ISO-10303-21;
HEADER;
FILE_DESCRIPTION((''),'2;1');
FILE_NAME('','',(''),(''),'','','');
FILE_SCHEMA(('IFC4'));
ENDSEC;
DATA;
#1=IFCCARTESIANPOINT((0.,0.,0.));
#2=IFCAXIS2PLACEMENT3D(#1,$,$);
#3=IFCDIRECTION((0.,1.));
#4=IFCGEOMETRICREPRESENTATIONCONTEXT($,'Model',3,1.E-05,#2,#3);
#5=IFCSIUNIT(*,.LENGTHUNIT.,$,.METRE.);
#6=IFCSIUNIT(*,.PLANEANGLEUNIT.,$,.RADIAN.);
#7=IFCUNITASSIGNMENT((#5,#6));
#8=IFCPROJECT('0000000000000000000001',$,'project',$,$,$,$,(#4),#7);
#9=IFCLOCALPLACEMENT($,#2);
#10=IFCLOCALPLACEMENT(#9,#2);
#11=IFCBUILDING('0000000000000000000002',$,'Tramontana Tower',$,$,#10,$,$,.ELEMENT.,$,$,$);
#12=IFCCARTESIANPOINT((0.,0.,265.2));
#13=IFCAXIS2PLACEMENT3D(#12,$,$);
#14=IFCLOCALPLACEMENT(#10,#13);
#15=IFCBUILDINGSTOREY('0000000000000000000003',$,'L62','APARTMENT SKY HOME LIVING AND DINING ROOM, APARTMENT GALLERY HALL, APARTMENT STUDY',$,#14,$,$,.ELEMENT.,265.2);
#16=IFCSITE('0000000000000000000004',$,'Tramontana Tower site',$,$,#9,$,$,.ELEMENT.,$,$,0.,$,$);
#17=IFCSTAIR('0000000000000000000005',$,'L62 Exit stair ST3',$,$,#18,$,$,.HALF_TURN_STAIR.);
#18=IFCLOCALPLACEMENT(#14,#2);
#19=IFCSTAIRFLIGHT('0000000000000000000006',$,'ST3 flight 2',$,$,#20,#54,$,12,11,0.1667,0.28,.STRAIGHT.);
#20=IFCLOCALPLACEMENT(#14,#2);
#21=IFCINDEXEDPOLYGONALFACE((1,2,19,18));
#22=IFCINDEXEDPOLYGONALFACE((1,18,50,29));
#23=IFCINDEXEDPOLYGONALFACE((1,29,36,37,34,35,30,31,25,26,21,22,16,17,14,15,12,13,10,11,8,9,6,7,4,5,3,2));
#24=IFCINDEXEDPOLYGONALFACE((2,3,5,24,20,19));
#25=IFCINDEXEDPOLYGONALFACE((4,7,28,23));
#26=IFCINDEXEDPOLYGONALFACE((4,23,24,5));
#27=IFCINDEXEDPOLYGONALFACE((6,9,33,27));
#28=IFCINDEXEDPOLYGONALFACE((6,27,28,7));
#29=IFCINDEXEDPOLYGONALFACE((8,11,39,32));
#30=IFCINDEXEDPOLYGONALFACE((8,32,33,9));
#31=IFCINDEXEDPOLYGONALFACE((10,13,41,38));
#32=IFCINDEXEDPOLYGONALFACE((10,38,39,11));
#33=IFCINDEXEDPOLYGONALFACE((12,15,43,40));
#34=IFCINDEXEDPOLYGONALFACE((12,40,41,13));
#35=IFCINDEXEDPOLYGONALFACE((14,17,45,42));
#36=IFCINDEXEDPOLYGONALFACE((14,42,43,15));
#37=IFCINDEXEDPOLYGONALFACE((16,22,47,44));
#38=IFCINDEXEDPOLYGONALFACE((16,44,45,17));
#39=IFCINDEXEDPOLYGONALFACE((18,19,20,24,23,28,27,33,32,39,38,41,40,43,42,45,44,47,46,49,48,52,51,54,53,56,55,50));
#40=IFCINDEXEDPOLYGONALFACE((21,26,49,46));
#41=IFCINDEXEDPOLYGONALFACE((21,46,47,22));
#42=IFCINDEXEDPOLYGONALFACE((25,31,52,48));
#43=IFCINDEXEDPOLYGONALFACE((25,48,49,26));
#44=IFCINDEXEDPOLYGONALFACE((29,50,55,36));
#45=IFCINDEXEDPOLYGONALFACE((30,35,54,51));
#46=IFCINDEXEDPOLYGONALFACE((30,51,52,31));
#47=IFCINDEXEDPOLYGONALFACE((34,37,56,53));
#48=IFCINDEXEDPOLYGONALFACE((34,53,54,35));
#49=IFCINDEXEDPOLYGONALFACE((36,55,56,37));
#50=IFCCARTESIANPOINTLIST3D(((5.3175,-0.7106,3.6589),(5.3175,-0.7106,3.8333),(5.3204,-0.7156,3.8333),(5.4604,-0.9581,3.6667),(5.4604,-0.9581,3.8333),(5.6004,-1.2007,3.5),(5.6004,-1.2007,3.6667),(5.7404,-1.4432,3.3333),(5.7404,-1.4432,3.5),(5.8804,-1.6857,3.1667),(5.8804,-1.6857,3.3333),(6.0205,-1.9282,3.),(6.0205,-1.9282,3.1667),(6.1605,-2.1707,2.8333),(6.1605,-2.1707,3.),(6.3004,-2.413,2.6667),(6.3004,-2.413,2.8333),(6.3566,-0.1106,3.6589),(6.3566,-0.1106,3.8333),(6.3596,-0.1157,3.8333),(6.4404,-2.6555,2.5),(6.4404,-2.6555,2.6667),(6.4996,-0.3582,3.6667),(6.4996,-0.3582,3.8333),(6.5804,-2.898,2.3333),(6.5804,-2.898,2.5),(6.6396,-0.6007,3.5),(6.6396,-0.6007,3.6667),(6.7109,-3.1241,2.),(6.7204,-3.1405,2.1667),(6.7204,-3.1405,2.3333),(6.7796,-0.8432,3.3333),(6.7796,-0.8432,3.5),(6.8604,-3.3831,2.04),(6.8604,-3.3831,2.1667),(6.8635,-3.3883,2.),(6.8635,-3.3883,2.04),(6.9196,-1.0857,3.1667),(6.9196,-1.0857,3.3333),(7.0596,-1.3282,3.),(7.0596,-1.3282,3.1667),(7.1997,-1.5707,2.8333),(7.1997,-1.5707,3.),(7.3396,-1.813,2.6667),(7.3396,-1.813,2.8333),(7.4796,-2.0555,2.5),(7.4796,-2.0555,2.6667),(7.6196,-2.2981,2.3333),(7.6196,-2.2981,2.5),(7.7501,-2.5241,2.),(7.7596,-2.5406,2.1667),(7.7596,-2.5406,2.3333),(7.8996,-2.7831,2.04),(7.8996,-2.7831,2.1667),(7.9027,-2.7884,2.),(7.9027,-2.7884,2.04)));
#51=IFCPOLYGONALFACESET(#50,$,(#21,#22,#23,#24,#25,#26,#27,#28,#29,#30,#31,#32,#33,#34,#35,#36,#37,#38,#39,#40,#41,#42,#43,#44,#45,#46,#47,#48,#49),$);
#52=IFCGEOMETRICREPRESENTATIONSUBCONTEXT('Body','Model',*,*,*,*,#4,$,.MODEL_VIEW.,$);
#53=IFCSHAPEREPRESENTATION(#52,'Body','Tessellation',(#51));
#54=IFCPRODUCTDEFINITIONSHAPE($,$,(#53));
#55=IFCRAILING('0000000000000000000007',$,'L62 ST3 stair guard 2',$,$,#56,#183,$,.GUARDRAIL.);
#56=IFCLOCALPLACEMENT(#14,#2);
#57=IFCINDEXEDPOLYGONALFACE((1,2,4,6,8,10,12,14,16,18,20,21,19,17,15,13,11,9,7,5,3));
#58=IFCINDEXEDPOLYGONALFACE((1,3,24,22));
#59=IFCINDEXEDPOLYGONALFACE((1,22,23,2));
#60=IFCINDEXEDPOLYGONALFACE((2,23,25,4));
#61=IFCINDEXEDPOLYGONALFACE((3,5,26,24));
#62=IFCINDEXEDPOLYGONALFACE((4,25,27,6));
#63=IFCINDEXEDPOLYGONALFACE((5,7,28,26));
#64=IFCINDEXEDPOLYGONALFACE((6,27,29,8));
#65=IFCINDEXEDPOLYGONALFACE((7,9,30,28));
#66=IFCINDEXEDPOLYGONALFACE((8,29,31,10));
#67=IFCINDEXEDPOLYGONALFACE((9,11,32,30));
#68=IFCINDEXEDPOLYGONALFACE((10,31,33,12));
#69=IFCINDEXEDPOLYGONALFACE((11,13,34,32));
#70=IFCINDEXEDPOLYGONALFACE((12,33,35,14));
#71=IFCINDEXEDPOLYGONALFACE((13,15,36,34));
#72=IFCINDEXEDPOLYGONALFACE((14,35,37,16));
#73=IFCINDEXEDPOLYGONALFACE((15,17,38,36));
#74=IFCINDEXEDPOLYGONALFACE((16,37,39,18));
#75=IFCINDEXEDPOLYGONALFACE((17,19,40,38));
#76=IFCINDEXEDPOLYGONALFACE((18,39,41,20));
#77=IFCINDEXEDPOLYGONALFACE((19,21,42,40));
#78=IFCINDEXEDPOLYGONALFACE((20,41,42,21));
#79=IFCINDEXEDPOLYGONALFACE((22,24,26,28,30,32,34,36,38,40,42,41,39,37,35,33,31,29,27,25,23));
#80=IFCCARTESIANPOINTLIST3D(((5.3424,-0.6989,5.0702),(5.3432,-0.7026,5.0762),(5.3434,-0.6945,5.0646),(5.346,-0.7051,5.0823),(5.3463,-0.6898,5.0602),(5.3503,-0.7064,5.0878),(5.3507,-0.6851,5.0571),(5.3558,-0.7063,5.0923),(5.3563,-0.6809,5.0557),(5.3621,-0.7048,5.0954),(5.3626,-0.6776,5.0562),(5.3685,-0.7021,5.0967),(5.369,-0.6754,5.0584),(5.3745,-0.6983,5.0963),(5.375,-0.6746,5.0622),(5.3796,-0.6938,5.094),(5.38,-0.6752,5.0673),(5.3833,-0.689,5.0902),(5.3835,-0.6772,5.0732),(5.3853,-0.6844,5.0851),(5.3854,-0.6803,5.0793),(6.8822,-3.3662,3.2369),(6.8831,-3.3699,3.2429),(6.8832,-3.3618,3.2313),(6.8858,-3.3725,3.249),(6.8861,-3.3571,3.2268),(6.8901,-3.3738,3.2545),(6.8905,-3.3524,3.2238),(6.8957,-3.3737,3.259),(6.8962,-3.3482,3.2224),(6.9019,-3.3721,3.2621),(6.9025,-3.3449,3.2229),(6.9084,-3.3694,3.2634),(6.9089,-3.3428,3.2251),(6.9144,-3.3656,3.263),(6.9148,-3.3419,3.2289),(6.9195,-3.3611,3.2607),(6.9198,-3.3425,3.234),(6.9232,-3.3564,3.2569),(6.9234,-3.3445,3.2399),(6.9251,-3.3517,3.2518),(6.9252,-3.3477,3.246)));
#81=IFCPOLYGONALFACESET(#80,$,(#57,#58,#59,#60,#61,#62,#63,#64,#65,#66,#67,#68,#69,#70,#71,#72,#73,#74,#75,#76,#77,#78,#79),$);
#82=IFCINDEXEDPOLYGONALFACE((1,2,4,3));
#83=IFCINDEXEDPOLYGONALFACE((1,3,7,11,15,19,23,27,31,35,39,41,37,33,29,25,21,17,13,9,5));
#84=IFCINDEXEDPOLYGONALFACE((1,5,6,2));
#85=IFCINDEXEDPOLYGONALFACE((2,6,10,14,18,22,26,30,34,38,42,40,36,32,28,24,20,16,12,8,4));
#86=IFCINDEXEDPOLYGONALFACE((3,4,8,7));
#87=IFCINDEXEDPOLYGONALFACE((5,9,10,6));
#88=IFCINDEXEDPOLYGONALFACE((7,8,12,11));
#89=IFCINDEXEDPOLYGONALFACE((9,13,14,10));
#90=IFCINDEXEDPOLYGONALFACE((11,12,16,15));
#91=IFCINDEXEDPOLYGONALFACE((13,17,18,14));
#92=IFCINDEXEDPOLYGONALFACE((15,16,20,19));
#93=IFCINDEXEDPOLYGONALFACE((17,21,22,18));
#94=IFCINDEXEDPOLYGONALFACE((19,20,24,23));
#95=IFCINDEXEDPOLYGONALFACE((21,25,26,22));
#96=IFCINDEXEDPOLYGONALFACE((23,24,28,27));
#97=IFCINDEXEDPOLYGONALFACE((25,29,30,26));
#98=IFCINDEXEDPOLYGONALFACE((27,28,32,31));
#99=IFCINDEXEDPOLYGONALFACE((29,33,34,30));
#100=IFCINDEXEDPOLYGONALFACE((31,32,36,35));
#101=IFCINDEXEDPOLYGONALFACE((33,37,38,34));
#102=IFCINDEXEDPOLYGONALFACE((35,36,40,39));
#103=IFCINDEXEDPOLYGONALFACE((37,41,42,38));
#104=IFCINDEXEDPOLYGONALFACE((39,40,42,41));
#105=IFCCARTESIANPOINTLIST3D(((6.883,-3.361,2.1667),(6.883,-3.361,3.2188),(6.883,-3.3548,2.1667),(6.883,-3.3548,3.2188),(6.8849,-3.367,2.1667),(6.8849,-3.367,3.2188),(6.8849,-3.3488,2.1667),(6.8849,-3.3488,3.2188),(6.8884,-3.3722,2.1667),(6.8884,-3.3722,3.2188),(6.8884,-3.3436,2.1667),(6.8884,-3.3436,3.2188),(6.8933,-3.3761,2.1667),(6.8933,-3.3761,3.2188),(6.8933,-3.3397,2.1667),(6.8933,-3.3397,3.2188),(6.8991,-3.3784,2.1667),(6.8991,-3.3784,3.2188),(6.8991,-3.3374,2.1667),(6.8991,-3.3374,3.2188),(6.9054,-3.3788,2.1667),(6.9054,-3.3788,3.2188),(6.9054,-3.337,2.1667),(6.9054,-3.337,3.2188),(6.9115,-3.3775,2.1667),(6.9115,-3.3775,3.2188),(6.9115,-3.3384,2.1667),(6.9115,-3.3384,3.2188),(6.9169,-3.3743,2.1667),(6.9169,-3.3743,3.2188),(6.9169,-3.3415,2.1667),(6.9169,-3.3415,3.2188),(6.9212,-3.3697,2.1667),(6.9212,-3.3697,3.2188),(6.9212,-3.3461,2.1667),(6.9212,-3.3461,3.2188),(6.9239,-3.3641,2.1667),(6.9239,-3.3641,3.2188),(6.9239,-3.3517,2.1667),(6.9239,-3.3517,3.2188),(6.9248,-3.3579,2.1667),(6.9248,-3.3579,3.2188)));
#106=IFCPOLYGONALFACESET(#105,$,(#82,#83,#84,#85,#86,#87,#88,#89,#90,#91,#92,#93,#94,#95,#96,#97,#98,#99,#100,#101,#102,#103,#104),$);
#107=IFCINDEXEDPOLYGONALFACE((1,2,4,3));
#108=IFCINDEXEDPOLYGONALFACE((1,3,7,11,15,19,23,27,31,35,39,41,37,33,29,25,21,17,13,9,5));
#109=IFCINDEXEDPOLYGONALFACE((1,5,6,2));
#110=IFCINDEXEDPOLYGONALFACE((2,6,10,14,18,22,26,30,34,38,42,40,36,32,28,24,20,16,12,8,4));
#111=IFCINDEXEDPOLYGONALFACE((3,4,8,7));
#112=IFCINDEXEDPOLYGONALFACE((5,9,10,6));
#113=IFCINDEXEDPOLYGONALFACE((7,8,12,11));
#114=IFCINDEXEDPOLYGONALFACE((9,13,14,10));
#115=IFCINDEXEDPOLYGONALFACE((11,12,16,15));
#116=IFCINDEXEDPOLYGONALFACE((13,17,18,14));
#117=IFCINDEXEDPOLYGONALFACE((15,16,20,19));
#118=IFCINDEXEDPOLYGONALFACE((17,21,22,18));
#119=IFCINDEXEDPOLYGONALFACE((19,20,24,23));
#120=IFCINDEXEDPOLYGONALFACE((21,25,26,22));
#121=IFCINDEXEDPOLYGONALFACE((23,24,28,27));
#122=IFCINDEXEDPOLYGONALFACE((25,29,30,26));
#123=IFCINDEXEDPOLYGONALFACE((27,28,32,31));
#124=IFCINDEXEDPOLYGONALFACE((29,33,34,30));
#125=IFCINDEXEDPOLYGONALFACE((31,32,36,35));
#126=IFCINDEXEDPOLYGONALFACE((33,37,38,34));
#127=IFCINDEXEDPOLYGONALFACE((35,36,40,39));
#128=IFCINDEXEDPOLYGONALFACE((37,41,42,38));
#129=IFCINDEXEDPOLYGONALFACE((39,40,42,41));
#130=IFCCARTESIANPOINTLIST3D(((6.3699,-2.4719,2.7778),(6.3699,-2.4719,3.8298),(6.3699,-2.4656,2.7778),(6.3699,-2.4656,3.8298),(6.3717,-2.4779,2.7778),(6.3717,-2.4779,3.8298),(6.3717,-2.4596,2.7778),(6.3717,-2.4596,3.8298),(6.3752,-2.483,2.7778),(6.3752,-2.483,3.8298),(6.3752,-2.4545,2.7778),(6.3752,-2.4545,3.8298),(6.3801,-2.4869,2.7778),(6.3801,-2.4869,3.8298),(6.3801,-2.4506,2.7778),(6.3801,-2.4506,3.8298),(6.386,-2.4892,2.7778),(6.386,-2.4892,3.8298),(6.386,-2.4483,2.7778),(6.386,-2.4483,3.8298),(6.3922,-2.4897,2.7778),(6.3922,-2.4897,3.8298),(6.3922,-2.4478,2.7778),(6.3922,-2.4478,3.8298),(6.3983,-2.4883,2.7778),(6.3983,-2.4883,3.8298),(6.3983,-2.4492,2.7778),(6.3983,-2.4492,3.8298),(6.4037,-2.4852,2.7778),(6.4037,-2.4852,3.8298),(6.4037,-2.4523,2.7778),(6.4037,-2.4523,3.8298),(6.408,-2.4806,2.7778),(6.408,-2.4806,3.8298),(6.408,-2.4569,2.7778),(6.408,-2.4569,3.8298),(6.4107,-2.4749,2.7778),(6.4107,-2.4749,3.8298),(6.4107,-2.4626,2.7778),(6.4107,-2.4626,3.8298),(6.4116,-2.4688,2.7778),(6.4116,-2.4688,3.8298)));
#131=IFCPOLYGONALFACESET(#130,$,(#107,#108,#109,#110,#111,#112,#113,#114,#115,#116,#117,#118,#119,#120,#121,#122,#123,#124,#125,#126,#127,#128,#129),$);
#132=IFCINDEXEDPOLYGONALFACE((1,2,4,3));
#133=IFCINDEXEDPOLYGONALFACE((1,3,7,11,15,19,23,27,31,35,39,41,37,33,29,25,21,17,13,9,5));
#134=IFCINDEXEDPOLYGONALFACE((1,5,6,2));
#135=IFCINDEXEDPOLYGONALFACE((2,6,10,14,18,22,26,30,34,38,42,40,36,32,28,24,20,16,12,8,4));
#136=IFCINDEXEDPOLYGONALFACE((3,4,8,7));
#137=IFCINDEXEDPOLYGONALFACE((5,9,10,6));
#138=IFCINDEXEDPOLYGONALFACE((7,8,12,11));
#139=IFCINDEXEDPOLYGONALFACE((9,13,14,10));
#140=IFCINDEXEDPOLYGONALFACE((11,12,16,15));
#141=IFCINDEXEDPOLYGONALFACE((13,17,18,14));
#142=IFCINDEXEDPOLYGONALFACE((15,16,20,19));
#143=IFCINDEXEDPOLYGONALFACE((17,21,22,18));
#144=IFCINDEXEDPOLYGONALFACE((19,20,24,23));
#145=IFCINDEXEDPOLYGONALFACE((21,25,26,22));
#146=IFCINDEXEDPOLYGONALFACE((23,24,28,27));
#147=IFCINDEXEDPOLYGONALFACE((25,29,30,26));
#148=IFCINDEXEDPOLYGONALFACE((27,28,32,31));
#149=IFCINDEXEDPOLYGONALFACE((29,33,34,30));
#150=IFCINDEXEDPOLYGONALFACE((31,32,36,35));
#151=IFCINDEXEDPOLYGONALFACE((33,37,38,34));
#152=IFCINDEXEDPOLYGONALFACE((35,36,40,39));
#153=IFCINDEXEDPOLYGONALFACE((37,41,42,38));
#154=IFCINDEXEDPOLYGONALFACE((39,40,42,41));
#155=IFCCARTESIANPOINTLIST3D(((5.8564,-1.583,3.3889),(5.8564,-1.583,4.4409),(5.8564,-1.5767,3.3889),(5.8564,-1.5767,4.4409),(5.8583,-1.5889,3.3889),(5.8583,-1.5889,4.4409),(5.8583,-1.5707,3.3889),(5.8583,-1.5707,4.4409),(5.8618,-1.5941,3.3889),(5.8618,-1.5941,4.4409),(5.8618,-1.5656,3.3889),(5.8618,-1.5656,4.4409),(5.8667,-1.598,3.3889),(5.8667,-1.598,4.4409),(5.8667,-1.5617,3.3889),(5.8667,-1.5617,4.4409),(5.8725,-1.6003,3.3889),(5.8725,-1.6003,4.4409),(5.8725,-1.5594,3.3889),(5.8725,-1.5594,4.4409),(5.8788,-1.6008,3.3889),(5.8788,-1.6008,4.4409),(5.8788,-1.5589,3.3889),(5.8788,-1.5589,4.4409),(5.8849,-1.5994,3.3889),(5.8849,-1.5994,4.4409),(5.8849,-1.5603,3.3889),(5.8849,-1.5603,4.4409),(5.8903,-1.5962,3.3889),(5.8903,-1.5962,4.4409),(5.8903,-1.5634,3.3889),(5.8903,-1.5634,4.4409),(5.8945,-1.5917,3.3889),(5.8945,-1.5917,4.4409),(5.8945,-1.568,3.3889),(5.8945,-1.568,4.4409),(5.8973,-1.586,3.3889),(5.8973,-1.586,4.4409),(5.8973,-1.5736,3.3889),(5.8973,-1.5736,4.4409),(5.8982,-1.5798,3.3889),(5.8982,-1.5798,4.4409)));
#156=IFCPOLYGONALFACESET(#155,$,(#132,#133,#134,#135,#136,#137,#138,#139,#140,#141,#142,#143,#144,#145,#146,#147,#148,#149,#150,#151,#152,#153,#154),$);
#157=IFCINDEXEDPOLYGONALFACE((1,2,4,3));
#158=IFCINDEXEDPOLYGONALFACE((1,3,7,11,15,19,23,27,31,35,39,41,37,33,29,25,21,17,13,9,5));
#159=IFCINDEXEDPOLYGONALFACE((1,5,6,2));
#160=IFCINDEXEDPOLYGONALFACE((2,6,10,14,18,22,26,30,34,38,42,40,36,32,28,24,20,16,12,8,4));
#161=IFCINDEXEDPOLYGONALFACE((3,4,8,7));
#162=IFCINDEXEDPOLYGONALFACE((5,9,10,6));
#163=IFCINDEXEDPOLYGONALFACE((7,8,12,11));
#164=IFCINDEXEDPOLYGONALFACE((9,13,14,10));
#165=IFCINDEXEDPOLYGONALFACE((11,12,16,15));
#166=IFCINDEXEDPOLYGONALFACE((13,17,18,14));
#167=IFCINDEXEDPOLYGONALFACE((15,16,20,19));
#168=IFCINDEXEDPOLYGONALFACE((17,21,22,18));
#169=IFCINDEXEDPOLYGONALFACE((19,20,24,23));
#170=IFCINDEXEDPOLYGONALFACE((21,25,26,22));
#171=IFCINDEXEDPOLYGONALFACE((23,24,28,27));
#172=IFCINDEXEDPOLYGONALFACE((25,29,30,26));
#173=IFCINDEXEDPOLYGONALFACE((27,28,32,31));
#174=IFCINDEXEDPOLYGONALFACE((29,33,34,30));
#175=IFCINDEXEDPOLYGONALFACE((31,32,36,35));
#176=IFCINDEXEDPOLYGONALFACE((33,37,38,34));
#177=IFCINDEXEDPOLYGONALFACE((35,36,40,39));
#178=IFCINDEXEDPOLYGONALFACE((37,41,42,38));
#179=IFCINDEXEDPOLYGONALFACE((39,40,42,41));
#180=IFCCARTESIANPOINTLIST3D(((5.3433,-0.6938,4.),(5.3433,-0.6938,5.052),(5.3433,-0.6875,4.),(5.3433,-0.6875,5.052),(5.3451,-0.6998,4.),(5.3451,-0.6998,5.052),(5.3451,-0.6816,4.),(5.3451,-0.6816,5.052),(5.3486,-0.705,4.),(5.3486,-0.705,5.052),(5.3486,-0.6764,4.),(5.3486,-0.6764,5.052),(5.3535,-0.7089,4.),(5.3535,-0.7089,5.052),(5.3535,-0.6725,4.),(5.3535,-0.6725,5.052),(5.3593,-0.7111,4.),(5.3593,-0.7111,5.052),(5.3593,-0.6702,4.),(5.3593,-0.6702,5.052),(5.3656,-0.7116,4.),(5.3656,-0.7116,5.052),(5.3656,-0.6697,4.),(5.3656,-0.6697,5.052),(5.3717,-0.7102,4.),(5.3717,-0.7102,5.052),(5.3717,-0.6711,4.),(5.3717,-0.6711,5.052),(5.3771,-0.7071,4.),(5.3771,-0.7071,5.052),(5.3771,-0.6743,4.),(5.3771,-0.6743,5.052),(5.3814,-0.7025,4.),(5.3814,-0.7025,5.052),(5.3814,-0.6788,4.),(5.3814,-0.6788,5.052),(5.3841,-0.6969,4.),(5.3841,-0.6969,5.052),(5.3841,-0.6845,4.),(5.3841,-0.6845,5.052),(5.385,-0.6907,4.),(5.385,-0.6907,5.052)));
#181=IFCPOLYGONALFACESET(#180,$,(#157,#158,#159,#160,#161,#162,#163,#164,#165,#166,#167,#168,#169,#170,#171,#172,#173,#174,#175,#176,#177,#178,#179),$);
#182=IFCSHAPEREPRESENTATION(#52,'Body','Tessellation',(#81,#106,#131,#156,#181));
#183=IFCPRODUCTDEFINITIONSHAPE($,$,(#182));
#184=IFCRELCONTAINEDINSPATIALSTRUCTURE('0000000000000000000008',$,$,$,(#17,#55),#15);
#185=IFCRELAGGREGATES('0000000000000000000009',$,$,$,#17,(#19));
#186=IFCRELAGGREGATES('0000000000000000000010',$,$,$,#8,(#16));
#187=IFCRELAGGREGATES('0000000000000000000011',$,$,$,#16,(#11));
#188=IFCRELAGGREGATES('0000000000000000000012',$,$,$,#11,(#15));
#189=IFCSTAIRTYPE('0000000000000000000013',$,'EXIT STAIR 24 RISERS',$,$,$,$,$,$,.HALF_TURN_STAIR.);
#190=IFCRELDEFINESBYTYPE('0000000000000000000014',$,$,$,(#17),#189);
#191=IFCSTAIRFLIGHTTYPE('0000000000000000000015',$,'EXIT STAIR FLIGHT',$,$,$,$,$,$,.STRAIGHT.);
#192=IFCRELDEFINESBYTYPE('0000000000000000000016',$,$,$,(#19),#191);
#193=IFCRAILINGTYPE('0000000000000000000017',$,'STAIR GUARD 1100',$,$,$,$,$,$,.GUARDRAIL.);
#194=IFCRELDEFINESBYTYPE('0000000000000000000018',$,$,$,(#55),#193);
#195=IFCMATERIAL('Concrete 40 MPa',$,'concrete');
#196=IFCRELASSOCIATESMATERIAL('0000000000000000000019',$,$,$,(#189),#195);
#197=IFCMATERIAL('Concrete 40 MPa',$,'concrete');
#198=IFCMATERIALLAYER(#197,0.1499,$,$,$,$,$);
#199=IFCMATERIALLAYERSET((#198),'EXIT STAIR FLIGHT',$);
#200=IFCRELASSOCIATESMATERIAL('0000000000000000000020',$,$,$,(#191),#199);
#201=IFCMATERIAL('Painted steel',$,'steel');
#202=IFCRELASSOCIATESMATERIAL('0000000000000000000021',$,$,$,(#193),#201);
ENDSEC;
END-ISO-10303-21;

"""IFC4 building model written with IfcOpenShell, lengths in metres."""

from ifc_helpers import new_model, si_unit, direction, frame, origin, origin_2d, place, context, subcontext, project, spatial, polyline, circle, outline, extrude, material, layer, layer_set, type_object, element, aggregate, save


model = new_model("IFC4")

# Units and contexts
model_context = context("Model", 3, precision=1e-05, world=origin(), true_north=direction((0.0, 1.0)))
body_context = subcontext(model_context, "Body", "Model", "MODEL_VIEW")
ifc_project = project(units=[si_unit("LENGTHUNIT", "METRE"), si_unit("PLANEANGLEUNIT", "RADIAN")], contexts=[model_context])

# Site, building, storey
site_placement = place(None, origin())
site = spatial("IfcSite", under=ifc_project, at=site_placement, Name="Tramontana Tower site", CompositionType="ELEMENT", RefElevation=0.0)
building_placement = place(site_placement, origin())
building = spatial("IfcBuilding", under=site, at=building_placement, Name="Tramontana Tower", CompositionType="ELEMENT")
storey_placement = place(building_placement, frame((0.0, 0.0, 265.2)))
storey = spatial("IfcBuildingStorey", under=building, at=storey_placement, Name="L62", Description="APARTMENT SKY HOME LIVING AND DINING ROOM, APARTMENT GALLERY HALL, APARTMENT STUDY", CompositionType="ELEMENT", Elevation=265.2)

# Stair, stair flight
ifc_material_1 = material(Name="Concrete 40 MPa", Category="concrete")
stair_type = type_object("IfcStairType", Name="EXIT STAIR 24 RISERS", PredefinedType="HALF_TURN_STAIR", material=ifc_material_1)
stair_placement = place(storey_placement, origin())
stair = element("IfcStair", 1, at=stair_placement, inside=storey, type_object=stair_type, Name="L62 Exit stair ST3", PredefinedType="HALF_TURN_STAIR")
ifc_material_2 = material(Name="Concrete 40 MPa", Category="concrete")
ifc_layer_1 = layer(ifc_material_2, 0.1499)
ifc_layer_set_1 = layer_set([ifc_layer_1], Name="EXIT STAIR FLIGHT")
stair_flight_type = type_object("IfcStairFlightType", Name="EXIT STAIR FLIGHT", PredefinedType="STRAIGHT", material=ifc_layer_set_1)
stair_flight_placement = place(storey_placement, frame((7.3801, -3.083, 2.0), z_axis=(0.0, 0.0, 1.0), x_axis=(-0.5, 0.866025, 0.0)))
stair_flight = element("IfcStairFlight", 2, at=stair_flight_placement, type_object=stair_flight_type, Name="ST3 flight 2", NumberOfRisers=12, NumberOfTreads=11, PredefinedType="STRAIGHT", RiserHeight=0.1667, TreadLength=0.28, context=body_context, shape_type="SweptSolid", body=[
    extrude(outline(polyline([(-0.0061, 0.0), (-0.0061, 0.04), (0.0, 0.04), (0.0, 0.1667), (0.28, 0.1667), (0.28, 0.3333), (0.5601, 0.3333), (0.5601, 0.5), (0.8401, 0.5), (0.8401, 0.6667), (1.1201, 0.6667), (1.1201, 0.8333), (1.3999, 0.8333), (1.3999, 1.0), (1.6799, 1.0), (1.6799, 1.1667), (1.96, 1.1667), (1.96, 1.3333), (2.24, 1.3333), (2.24, 1.5), (2.52, 1.5), (2.52, 1.6667), (2.8, 1.6667), (2.8, 1.8333), (3.0801, 1.8333), (3.0859, 1.8333), (3.0859, 1.6589), (0.2991, 0.0), (-0.0061, 0.0)])), frame((0.0, 0.6001, 0.0), z_axis=(0.0, -1.0, 0.0), x_axis=(1.0, 0.0, 0.0)), (0.0, 0.0, 1.0), 1.2),
])
aggregate(stair, [stair_flight])

# Railing
ifc_material_3 = material(Name="Painted steel", Category="steel")
railing_type_1 = type_object("IfcRailingType", Name="STAIR GUARD 1100", PredefinedType="GUARDRAIL", material=ifc_material_3)
railing_1_placement = place(storey_placement, frame((6.9038, -3.3579, 2.1667)))
element("IfcRailing", 3, at=railing_1_placement, inside=storey, type_object=railing_type_1, Name="L62 ST3 stair guard 2", PredefinedType="GUARDRAIL", context=body_context, shape_type="SweptSolid", body=[
    extrude(circle(Radius=0.0239, at=origin_2d()), frame((0.0, 0.0, 1.0762), z_axis=(-0.429616, 0.744181, 0.511493), x_axis=(-0.866044, -0.499967, 0.0)), (0.0, 0.0, 1.0), 3.5842),
    extrude(circle(Radius=0.021, at=origin_2d()), origin(), (0.0, 0.0, 1.0), 1.052),
    extrude(circle(Radius=0.021, at=origin_2d()), frame((-0.5132, 0.8892, 0.6111)), (0.0, 0.0, 1.0), 1.052),
    extrude(circle(Radius=0.021, at=origin_2d()), frame((-1.0266, 1.7781, 1.2222)), (0.0, 0.0, 1.0), 1.052),
    extrude(circle(Radius=0.021, at=origin_2d()), frame((-1.5398, 2.6672, 1.8333)), (0.0, 0.0, 1.0), 1.052),
])

save(model, "model.ifc")
